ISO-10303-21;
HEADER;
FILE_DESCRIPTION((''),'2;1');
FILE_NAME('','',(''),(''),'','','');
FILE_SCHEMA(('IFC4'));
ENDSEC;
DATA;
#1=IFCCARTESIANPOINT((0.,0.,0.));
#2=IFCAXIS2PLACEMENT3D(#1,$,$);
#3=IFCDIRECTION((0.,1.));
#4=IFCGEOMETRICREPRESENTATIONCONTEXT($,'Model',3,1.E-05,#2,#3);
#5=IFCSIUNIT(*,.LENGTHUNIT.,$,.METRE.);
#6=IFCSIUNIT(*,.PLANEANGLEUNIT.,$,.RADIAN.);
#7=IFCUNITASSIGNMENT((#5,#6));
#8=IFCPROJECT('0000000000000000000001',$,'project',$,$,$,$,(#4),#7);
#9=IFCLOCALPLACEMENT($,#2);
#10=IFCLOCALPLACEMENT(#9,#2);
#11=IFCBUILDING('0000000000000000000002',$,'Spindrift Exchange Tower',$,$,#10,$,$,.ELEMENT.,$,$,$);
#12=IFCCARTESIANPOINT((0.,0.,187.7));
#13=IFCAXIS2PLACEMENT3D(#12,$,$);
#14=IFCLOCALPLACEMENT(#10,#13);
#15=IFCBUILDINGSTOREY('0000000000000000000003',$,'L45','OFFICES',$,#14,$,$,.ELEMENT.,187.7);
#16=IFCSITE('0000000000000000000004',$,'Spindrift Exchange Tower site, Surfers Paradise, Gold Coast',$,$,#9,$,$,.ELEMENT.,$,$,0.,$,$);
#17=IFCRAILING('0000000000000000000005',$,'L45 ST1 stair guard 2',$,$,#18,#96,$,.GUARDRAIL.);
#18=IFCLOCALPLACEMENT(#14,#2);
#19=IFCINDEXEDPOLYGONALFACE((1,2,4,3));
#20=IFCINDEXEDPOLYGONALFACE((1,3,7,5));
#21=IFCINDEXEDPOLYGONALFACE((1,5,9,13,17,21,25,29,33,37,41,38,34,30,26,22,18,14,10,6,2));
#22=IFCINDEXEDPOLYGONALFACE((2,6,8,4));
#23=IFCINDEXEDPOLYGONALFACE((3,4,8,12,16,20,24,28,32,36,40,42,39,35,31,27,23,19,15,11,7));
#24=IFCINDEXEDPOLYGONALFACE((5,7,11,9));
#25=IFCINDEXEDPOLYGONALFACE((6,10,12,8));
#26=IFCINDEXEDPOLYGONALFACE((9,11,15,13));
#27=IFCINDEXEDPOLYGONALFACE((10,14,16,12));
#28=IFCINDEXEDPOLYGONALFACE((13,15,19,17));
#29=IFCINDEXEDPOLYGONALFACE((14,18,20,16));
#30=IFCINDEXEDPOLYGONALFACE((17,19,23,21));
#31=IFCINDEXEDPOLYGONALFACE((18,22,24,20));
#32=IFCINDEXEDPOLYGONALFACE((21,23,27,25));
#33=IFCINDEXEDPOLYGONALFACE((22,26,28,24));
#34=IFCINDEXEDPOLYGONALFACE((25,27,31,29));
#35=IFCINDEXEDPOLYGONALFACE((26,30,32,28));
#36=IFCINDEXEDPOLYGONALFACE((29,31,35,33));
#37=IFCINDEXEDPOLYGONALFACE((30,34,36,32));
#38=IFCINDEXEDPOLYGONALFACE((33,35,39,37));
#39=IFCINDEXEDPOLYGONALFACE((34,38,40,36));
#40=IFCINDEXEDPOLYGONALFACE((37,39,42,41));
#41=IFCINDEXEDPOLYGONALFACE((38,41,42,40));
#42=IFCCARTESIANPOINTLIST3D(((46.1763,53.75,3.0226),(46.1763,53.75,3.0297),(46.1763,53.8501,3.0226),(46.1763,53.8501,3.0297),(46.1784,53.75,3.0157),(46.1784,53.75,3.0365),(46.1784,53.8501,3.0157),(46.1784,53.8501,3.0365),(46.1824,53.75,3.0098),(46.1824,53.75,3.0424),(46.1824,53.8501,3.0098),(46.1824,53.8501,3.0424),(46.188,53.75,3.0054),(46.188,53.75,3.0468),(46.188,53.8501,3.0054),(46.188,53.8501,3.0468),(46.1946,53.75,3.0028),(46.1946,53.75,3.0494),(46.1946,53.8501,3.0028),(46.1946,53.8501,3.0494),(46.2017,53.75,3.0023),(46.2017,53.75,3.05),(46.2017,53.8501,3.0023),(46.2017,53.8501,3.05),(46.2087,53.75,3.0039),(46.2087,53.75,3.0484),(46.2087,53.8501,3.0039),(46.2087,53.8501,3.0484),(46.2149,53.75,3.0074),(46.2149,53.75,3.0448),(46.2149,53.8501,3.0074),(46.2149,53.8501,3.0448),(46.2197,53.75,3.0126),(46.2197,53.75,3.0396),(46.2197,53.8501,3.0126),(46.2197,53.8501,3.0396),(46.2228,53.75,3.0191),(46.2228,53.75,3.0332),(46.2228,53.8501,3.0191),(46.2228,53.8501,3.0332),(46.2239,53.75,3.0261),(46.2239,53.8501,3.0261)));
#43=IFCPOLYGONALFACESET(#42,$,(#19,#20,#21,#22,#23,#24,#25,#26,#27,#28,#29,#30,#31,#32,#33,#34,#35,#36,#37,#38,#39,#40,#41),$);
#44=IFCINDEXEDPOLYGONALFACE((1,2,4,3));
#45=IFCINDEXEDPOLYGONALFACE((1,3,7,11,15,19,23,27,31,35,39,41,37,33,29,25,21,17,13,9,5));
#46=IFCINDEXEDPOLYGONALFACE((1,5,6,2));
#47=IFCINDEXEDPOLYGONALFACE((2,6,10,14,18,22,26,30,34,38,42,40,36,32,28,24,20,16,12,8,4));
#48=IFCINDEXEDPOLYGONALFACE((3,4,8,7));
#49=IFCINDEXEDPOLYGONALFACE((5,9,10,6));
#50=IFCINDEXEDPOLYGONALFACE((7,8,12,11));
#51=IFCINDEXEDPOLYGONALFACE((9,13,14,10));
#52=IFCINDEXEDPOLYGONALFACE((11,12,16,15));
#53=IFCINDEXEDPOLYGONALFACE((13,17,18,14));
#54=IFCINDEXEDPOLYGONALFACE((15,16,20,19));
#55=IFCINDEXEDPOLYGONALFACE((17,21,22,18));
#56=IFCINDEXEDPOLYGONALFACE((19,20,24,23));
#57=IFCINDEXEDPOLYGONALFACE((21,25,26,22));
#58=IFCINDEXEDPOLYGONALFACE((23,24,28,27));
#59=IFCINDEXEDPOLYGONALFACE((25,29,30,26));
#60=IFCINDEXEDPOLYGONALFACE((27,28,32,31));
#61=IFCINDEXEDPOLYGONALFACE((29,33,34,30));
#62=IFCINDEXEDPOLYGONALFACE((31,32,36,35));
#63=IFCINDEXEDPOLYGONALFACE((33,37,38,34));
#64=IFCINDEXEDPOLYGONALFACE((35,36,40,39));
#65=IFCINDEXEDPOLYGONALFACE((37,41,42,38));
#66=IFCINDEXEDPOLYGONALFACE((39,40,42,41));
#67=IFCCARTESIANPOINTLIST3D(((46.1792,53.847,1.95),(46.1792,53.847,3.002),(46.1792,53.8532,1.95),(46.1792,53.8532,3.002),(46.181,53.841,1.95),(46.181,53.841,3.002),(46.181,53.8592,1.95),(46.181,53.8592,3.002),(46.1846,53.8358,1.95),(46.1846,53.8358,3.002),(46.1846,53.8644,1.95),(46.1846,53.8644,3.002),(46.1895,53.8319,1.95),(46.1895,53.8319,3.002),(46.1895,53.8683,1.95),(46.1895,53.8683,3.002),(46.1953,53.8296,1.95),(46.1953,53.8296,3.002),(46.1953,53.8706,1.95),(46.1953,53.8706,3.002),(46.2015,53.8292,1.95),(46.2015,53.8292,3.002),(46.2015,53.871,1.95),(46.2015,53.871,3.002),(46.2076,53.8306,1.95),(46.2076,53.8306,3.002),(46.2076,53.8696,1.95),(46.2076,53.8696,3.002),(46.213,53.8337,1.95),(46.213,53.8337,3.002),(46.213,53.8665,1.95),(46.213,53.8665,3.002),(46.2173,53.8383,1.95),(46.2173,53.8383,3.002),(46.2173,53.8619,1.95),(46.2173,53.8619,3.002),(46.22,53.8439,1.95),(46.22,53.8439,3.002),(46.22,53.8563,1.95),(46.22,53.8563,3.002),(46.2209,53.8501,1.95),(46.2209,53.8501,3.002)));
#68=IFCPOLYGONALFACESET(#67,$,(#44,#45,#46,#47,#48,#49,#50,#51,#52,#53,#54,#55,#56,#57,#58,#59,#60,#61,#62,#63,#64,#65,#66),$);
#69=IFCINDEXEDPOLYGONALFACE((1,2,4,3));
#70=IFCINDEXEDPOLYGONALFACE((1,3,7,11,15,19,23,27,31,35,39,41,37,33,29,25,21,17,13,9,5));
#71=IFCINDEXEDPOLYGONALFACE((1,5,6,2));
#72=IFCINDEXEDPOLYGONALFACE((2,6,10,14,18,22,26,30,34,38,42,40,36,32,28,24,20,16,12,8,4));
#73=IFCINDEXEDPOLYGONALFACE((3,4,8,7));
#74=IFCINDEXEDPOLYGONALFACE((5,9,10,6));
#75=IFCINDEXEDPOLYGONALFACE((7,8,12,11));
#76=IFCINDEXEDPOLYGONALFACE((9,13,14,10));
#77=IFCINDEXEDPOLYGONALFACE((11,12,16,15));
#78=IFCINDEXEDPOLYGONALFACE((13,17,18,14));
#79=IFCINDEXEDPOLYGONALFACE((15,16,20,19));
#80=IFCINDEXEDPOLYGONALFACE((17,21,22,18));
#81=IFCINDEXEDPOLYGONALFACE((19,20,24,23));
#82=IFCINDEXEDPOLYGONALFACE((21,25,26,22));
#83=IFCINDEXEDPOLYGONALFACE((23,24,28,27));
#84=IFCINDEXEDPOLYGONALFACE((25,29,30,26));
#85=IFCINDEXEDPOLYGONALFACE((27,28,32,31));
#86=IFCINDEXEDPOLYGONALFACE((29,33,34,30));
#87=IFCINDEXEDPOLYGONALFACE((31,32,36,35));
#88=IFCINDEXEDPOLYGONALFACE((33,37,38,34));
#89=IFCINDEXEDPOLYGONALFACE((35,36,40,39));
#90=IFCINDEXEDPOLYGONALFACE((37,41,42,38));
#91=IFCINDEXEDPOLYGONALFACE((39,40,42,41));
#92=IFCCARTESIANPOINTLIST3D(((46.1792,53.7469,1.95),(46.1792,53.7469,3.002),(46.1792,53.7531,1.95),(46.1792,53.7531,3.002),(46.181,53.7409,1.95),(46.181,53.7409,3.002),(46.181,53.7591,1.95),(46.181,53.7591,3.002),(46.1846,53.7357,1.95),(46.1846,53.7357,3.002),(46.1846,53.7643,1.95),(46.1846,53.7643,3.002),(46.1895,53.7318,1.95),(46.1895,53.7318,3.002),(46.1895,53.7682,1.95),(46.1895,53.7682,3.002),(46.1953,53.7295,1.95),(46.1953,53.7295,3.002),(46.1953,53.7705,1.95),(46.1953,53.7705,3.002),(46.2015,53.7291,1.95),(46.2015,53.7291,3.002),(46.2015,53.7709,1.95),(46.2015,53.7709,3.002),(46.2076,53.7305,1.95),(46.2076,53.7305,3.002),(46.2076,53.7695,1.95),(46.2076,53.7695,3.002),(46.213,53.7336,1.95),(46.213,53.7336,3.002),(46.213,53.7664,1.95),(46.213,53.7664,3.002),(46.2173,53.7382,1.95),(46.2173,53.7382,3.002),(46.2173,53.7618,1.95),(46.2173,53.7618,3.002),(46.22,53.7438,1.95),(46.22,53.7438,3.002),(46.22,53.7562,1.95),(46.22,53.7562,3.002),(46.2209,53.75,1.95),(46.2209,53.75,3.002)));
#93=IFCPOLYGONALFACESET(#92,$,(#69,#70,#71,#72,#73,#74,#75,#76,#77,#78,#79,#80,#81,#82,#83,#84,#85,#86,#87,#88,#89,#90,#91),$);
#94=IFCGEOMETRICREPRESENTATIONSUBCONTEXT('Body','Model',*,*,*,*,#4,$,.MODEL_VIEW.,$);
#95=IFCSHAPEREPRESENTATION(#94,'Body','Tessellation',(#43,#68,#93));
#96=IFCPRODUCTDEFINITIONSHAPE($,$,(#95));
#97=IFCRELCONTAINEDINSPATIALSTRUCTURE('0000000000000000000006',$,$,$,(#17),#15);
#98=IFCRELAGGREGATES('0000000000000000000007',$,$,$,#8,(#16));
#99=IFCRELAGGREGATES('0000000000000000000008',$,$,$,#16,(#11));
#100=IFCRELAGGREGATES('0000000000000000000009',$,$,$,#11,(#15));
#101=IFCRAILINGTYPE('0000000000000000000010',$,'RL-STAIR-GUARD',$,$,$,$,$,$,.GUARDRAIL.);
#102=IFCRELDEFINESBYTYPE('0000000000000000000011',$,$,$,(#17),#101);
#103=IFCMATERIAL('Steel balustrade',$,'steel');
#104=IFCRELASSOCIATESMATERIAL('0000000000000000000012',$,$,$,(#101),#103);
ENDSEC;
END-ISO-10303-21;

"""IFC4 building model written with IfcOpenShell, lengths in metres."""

from ifc_helpers import new_model, si_unit, direction, frame, origin, origin_2d, place, context, subcontext, project, spatial, circle, extrude, material, type_object, element, save


model = new_model("IFC4")

# Units and contexts
model_context = context("Model", 3, precision=1e-05, world=origin(), true_north=direction((0.0, 1.0)))
body_context = subcontext(model_context, "Body", "Model", "MODEL_VIEW")
ifc_project = project(units=[si_unit("LENGTHUNIT", "METRE"), si_unit("PLANEANGLEUNIT", "RADIAN")], contexts=[model_context])

# Site, building, storey
site_placement = place(None, origin())
site = spatial("IfcSite", under=ifc_project, at=site_placement, Name="Spindrift Exchange Tower site, Surfers Paradise, Gold Coast", CompositionType="ELEMENT", RefElevation=0.0)
building_placement = place(site_placement, origin())
building = spatial("IfcBuilding", under=site, at=building_placement, Name="Spindrift Exchange Tower", CompositionType="ELEMENT")
storey_placement = place(building_placement, frame((0.0, 0.0, 187.7)))
storey = spatial("IfcBuildingStorey", under=building, at=storey_placement, Name="L45", Description="OFFICES", CompositionType="ELEMENT", Elevation=187.7)

# Railing
ifc_material_1 = material(Name="Steel balustrade", Category="steel")
railing_type_1 = type_object("IfcRailingType", Name="RL-STAIR-GUARD", PredefinedType="GUARDRAIL", material=ifc_material_1)
railing_1_placement = place(storey_placement, frame((46.2, 53.8501, 1.95)))
element("IfcRailing", 1, at=railing_1_placement, inside=storey, type_object=railing_type_1, Name="L45 ST1 stair guard 2", PredefinedType="GUARDRAIL", context=body_context, shape_type="SweptSolid", body=[
    extrude(circle(Radius=0.0239, at=origin_2d()), frame((0.0, 0.0, 1.0762), z_axis=(0.0, -1.0, 0.0), x_axis=(1.0, 0.0, 0.0)), (0.0, 0.0, 1.0), 0.1001),
    extrude(circle(Radius=0.021, at=origin_2d()), origin(), (0.0, 0.0, 1.0), 1.052),
    extrude(circle(Radius=0.021, at=origin_2d()), frame((0.0, -0.1001, 0.0)), (0.0, 0.0, 1.0), 1.052),
])

save(model, "model.ifc")
